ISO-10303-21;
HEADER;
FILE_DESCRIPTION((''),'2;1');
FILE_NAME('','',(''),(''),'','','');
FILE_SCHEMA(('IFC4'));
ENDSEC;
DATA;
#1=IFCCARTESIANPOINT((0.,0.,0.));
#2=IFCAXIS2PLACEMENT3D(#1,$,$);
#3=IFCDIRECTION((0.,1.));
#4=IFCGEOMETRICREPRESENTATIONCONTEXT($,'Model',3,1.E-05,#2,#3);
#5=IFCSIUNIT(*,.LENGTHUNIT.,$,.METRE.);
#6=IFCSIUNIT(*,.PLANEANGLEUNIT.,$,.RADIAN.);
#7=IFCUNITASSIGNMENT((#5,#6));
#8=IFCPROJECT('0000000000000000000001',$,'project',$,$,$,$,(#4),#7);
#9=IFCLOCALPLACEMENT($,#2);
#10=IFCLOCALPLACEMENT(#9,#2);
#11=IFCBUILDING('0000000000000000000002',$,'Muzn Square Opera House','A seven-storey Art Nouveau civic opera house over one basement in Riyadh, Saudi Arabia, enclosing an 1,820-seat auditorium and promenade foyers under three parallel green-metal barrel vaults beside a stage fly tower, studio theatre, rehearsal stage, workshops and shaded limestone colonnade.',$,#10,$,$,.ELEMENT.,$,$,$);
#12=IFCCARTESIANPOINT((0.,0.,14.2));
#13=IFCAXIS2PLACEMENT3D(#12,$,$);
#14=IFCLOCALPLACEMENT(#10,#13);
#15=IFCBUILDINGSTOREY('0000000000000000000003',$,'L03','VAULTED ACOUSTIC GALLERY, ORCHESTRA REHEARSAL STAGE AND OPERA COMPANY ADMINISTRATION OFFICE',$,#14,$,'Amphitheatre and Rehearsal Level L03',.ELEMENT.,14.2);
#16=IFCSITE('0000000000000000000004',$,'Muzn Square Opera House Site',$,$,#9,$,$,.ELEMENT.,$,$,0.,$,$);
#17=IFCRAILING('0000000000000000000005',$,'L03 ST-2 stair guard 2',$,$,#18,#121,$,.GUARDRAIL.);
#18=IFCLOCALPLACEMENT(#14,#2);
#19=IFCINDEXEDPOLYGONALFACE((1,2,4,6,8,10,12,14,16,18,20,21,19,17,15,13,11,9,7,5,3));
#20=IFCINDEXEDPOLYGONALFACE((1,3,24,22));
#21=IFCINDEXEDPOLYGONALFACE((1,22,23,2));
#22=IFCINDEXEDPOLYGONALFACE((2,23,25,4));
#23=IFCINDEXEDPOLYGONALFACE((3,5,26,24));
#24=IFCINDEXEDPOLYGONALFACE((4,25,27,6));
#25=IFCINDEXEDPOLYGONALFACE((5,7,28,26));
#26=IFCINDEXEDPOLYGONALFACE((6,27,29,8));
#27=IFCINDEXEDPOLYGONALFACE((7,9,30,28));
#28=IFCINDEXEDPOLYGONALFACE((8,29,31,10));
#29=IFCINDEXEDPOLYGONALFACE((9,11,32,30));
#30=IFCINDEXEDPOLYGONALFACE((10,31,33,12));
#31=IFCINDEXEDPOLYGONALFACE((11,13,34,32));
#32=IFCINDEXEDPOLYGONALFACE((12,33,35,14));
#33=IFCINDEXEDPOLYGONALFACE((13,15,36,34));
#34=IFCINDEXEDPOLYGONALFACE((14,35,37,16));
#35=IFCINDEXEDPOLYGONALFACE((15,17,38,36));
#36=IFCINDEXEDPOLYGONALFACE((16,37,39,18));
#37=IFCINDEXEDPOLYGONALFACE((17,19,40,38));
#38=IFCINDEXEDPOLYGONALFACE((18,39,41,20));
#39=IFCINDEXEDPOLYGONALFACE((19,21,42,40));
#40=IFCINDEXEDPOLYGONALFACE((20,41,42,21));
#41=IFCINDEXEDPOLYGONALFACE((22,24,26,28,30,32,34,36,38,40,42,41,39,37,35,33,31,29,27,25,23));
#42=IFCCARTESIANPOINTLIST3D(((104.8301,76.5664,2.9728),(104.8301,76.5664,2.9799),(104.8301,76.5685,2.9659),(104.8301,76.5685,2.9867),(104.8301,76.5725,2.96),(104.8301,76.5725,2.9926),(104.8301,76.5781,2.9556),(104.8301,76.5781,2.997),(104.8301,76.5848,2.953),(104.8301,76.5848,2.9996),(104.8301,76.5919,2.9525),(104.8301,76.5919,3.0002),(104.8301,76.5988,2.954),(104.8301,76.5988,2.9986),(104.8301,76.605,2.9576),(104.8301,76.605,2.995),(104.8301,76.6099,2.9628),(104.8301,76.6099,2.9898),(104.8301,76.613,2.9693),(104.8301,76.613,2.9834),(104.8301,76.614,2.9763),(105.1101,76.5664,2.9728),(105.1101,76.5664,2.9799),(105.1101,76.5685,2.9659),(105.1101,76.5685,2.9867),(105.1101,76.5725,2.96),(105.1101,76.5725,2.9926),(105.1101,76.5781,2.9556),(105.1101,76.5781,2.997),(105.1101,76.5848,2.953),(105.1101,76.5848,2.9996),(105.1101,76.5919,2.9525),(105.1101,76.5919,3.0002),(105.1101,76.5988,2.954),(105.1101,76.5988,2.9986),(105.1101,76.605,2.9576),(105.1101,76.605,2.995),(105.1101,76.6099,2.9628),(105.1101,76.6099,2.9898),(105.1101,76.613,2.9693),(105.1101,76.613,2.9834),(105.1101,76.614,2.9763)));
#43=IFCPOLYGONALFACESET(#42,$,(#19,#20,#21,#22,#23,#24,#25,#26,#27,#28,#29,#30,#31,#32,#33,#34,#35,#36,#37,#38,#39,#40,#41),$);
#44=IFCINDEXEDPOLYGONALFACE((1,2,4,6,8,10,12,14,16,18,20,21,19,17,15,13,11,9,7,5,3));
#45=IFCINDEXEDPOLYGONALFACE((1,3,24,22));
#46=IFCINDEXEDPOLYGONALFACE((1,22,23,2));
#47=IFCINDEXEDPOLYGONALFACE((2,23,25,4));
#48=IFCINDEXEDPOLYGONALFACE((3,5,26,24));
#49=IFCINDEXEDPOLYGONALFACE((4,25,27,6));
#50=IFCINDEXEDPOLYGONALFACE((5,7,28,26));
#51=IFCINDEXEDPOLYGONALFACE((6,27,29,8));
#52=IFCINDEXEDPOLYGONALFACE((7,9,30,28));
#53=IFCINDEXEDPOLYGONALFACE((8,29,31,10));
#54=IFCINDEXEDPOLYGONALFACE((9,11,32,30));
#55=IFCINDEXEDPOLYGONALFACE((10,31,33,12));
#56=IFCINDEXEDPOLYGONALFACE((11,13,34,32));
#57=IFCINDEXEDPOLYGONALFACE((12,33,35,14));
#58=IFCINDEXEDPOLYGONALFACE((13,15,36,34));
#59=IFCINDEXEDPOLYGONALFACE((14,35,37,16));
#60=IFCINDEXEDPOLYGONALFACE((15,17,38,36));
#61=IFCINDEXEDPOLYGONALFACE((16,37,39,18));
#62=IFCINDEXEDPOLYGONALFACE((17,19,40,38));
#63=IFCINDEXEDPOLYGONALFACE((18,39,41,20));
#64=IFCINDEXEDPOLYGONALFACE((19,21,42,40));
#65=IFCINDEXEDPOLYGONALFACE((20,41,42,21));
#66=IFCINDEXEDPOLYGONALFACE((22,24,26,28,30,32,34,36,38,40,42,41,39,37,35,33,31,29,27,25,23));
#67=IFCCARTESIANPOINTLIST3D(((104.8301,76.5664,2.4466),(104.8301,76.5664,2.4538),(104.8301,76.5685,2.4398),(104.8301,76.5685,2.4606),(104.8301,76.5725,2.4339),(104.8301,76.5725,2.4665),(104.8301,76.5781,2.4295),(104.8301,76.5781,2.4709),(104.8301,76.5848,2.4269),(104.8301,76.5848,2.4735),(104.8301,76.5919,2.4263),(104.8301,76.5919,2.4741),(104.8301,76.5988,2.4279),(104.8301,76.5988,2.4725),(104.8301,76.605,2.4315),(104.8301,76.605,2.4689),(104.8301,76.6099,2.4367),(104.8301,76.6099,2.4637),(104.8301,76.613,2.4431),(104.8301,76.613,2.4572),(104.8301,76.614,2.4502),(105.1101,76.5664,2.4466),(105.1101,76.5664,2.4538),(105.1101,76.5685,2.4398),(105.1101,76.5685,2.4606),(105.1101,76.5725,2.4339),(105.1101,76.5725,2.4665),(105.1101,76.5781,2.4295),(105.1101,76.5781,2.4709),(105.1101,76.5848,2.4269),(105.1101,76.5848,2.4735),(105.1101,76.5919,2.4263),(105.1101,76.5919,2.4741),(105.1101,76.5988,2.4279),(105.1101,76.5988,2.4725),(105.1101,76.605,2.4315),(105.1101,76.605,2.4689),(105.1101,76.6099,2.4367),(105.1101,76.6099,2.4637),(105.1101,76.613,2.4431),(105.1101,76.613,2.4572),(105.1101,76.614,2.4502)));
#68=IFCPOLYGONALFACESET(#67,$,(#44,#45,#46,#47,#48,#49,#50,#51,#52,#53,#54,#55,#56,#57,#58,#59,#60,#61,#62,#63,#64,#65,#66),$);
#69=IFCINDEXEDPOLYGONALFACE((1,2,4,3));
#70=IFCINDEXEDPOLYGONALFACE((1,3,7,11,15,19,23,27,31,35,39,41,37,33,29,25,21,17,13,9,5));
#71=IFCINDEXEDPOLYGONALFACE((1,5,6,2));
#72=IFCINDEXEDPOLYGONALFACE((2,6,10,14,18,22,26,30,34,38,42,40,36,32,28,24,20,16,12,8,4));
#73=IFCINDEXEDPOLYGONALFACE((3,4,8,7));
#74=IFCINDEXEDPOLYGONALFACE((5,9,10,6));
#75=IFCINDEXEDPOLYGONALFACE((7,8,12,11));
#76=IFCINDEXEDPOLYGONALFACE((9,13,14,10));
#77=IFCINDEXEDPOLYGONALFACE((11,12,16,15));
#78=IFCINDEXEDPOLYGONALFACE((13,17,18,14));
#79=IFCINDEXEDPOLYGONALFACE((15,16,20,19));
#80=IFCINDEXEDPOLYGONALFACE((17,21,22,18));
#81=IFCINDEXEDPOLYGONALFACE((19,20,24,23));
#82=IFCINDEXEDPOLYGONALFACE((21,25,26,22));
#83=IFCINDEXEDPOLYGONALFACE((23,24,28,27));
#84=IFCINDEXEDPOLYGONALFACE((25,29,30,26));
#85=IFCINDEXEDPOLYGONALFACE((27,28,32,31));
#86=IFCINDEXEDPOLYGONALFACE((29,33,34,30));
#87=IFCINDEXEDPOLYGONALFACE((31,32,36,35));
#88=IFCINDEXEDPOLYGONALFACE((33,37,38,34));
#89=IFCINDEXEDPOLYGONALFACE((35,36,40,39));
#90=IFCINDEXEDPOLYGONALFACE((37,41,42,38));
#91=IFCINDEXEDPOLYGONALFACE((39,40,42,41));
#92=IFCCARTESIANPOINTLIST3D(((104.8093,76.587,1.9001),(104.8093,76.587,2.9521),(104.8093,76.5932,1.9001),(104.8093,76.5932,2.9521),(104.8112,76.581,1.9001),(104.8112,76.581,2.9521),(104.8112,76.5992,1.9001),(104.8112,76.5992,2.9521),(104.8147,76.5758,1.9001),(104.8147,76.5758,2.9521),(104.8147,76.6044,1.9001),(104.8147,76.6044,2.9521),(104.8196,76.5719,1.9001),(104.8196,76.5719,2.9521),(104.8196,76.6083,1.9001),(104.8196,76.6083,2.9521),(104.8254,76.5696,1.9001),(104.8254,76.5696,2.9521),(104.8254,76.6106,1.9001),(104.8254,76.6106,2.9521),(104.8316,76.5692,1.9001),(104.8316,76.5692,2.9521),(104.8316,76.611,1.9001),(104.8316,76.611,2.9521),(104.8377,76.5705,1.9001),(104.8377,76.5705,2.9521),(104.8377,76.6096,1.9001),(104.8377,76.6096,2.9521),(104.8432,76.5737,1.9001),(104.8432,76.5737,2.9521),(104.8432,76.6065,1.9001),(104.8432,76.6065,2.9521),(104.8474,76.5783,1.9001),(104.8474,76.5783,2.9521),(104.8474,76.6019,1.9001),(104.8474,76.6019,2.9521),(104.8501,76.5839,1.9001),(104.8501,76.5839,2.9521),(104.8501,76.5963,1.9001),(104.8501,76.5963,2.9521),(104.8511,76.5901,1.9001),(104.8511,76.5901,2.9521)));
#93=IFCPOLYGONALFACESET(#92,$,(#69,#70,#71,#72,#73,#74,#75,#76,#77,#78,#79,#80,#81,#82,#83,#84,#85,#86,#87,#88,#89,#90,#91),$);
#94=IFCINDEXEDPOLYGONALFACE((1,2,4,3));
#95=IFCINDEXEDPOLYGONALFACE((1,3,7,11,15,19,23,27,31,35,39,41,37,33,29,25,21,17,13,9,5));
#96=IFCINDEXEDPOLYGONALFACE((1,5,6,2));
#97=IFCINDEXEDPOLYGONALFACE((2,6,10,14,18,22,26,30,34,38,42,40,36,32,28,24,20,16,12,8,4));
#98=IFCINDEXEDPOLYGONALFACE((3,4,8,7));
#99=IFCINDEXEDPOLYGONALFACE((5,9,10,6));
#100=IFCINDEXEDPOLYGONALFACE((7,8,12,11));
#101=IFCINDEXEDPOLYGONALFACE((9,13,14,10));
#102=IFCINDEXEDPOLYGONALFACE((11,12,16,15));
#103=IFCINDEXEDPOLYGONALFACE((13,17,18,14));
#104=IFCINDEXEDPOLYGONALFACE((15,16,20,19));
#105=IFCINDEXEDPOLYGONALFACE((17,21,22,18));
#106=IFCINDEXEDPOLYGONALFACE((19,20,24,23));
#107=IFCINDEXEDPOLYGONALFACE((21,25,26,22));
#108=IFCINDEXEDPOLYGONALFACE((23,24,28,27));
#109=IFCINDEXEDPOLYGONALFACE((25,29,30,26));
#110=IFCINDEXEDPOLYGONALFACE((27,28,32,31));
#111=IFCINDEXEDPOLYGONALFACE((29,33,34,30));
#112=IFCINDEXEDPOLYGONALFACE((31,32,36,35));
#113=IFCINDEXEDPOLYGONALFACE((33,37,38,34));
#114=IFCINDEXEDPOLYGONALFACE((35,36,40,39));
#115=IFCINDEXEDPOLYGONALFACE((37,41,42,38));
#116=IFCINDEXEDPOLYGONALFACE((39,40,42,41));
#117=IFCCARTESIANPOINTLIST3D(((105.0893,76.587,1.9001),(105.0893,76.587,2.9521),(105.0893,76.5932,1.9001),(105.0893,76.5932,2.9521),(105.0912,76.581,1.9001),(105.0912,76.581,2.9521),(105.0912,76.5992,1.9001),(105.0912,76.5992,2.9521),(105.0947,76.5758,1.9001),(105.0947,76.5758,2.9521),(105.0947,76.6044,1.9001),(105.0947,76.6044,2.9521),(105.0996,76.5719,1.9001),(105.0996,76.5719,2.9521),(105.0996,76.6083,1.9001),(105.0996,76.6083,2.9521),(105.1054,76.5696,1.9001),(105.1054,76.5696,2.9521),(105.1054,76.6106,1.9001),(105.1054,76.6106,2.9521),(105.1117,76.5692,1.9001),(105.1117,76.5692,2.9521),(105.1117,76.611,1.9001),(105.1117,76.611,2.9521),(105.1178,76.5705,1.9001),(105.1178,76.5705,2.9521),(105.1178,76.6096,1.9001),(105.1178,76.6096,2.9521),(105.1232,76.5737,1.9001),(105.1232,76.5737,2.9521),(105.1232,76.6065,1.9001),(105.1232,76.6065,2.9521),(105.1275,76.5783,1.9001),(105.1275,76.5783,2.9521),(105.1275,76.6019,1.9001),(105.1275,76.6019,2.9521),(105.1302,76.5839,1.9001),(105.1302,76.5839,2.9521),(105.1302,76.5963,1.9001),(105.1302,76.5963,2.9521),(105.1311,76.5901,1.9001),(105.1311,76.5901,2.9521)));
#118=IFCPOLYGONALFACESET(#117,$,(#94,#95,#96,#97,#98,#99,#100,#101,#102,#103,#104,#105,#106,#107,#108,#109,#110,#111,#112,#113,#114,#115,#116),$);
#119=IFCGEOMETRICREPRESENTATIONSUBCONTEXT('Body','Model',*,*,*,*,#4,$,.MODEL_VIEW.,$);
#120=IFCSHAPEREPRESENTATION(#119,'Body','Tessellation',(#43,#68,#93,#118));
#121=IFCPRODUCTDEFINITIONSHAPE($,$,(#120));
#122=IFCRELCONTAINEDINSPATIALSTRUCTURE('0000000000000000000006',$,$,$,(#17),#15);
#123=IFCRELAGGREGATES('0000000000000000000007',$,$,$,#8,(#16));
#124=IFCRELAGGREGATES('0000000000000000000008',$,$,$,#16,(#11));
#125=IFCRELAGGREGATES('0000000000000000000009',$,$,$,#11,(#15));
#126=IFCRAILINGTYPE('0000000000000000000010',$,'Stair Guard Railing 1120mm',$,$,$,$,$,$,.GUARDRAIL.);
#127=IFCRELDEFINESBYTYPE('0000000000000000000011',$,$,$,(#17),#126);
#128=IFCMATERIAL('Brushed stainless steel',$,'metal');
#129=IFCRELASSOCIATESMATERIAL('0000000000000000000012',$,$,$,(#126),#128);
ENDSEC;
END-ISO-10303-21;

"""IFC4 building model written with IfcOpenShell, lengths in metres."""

from ifc_helpers import new_model, si_unit, direction, frame, origin, origin_2d, place, context, subcontext, project, spatial, circle, extrude, material, type_object, element, save


model = new_model("IFC4")

# Units and contexts
model_context = context("Model", 3, precision=1e-05, world=origin(), true_north=direction((0.0, 1.0)))
body_context = subcontext(model_context, "Body", "Model", "MODEL_VIEW")
ifc_project = project(units=[si_unit("LENGTHUNIT", "METRE"), si_unit("PLANEANGLEUNIT", "RADIAN")], contexts=[model_context])

# Site, building, storey
site_placement = place(None, origin())
site = spatial("IfcSite", under=ifc_project, at=site_placement, Name="Muzn Square Opera House Site", CompositionType="ELEMENT", RefElevation=0.0)
building_placement = place(site_placement, origin())
building = spatial("IfcBuilding", under=site, at=building_placement, Name="Muzn Square Opera House", Description="A seven-storey Art Nouveau civic opera house over one basement in Riyadh, Saudi Arabia, enclosing an 1,820-seat auditorium and promenade foyers under three parallel green-metal barrel vaults beside a stage fly tower, studio theatre, rehearsal stage, workshops and shaded limestone colonnade.", CompositionType="ELEMENT")
storey_placement = place(building_placement, frame((0.0, 0.0, 14.2)))
storey = spatial("IfcBuildingStorey", under=building, at=storey_placement, Name="L03", Description="VAULTED ACOUSTIC GALLERY, ORCHESTRA REHEARSAL STAGE AND OPERA COMPANY ADMINISTRATION OFFICE", LongName="Amphitheatre and Rehearsal Level L03", CompositionType="ELEMENT", Elevation=14.2)

# Shared definitions
ifc_material_1 = material(Name="Brushed stainless steel", Category="metal")

# Railing
railing_type_1 = type_object("IfcRailingType", Name="Stair Guard Railing 1120mm", PredefinedType="GUARDRAIL", material=ifc_material_1)
railing_1_placement = place(storey_placement, frame((104.8301, 76.5901, 1.9001)))
element("IfcRailing", 1, at=railing_1_placement, inside=storey, type_object=railing_type_1, Name="L03 ST-2 stair guard 2", PredefinedType="GUARDRAIL", context=body_context, shape_type="SweptSolid", body=[
    extrude(circle(Radius=0.0239, at=origin_2d()), frame((0.0, 0.0, 1.0762), z_axis=(1.0, 0.0, 0.0), x_axis=(0.0, 1.0, 0.0)), (0.0, 0.0, 1.0), 0.28),
    extrude(circle(Radius=0.0239, at=origin_2d()), frame((0.0, 0.0, 0.55), z_axis=(1.0, 0.0, 0.0), x_axis=(0.0, 1.0, 0.0)), (0.0, 0.0, 1.0), 0.28),
    extrude(circle(Radius=0.021, at=origin_2d()), origin(), (0.0, 0.0, 1.0), 1.052),
    extrude(circle(Radius=0.021, at=origin_2d()), frame((0.28, 0.0, 0.0)), (0.0, 0.0, 1.0), 1.052),
])

save(model, "model.ifc")
